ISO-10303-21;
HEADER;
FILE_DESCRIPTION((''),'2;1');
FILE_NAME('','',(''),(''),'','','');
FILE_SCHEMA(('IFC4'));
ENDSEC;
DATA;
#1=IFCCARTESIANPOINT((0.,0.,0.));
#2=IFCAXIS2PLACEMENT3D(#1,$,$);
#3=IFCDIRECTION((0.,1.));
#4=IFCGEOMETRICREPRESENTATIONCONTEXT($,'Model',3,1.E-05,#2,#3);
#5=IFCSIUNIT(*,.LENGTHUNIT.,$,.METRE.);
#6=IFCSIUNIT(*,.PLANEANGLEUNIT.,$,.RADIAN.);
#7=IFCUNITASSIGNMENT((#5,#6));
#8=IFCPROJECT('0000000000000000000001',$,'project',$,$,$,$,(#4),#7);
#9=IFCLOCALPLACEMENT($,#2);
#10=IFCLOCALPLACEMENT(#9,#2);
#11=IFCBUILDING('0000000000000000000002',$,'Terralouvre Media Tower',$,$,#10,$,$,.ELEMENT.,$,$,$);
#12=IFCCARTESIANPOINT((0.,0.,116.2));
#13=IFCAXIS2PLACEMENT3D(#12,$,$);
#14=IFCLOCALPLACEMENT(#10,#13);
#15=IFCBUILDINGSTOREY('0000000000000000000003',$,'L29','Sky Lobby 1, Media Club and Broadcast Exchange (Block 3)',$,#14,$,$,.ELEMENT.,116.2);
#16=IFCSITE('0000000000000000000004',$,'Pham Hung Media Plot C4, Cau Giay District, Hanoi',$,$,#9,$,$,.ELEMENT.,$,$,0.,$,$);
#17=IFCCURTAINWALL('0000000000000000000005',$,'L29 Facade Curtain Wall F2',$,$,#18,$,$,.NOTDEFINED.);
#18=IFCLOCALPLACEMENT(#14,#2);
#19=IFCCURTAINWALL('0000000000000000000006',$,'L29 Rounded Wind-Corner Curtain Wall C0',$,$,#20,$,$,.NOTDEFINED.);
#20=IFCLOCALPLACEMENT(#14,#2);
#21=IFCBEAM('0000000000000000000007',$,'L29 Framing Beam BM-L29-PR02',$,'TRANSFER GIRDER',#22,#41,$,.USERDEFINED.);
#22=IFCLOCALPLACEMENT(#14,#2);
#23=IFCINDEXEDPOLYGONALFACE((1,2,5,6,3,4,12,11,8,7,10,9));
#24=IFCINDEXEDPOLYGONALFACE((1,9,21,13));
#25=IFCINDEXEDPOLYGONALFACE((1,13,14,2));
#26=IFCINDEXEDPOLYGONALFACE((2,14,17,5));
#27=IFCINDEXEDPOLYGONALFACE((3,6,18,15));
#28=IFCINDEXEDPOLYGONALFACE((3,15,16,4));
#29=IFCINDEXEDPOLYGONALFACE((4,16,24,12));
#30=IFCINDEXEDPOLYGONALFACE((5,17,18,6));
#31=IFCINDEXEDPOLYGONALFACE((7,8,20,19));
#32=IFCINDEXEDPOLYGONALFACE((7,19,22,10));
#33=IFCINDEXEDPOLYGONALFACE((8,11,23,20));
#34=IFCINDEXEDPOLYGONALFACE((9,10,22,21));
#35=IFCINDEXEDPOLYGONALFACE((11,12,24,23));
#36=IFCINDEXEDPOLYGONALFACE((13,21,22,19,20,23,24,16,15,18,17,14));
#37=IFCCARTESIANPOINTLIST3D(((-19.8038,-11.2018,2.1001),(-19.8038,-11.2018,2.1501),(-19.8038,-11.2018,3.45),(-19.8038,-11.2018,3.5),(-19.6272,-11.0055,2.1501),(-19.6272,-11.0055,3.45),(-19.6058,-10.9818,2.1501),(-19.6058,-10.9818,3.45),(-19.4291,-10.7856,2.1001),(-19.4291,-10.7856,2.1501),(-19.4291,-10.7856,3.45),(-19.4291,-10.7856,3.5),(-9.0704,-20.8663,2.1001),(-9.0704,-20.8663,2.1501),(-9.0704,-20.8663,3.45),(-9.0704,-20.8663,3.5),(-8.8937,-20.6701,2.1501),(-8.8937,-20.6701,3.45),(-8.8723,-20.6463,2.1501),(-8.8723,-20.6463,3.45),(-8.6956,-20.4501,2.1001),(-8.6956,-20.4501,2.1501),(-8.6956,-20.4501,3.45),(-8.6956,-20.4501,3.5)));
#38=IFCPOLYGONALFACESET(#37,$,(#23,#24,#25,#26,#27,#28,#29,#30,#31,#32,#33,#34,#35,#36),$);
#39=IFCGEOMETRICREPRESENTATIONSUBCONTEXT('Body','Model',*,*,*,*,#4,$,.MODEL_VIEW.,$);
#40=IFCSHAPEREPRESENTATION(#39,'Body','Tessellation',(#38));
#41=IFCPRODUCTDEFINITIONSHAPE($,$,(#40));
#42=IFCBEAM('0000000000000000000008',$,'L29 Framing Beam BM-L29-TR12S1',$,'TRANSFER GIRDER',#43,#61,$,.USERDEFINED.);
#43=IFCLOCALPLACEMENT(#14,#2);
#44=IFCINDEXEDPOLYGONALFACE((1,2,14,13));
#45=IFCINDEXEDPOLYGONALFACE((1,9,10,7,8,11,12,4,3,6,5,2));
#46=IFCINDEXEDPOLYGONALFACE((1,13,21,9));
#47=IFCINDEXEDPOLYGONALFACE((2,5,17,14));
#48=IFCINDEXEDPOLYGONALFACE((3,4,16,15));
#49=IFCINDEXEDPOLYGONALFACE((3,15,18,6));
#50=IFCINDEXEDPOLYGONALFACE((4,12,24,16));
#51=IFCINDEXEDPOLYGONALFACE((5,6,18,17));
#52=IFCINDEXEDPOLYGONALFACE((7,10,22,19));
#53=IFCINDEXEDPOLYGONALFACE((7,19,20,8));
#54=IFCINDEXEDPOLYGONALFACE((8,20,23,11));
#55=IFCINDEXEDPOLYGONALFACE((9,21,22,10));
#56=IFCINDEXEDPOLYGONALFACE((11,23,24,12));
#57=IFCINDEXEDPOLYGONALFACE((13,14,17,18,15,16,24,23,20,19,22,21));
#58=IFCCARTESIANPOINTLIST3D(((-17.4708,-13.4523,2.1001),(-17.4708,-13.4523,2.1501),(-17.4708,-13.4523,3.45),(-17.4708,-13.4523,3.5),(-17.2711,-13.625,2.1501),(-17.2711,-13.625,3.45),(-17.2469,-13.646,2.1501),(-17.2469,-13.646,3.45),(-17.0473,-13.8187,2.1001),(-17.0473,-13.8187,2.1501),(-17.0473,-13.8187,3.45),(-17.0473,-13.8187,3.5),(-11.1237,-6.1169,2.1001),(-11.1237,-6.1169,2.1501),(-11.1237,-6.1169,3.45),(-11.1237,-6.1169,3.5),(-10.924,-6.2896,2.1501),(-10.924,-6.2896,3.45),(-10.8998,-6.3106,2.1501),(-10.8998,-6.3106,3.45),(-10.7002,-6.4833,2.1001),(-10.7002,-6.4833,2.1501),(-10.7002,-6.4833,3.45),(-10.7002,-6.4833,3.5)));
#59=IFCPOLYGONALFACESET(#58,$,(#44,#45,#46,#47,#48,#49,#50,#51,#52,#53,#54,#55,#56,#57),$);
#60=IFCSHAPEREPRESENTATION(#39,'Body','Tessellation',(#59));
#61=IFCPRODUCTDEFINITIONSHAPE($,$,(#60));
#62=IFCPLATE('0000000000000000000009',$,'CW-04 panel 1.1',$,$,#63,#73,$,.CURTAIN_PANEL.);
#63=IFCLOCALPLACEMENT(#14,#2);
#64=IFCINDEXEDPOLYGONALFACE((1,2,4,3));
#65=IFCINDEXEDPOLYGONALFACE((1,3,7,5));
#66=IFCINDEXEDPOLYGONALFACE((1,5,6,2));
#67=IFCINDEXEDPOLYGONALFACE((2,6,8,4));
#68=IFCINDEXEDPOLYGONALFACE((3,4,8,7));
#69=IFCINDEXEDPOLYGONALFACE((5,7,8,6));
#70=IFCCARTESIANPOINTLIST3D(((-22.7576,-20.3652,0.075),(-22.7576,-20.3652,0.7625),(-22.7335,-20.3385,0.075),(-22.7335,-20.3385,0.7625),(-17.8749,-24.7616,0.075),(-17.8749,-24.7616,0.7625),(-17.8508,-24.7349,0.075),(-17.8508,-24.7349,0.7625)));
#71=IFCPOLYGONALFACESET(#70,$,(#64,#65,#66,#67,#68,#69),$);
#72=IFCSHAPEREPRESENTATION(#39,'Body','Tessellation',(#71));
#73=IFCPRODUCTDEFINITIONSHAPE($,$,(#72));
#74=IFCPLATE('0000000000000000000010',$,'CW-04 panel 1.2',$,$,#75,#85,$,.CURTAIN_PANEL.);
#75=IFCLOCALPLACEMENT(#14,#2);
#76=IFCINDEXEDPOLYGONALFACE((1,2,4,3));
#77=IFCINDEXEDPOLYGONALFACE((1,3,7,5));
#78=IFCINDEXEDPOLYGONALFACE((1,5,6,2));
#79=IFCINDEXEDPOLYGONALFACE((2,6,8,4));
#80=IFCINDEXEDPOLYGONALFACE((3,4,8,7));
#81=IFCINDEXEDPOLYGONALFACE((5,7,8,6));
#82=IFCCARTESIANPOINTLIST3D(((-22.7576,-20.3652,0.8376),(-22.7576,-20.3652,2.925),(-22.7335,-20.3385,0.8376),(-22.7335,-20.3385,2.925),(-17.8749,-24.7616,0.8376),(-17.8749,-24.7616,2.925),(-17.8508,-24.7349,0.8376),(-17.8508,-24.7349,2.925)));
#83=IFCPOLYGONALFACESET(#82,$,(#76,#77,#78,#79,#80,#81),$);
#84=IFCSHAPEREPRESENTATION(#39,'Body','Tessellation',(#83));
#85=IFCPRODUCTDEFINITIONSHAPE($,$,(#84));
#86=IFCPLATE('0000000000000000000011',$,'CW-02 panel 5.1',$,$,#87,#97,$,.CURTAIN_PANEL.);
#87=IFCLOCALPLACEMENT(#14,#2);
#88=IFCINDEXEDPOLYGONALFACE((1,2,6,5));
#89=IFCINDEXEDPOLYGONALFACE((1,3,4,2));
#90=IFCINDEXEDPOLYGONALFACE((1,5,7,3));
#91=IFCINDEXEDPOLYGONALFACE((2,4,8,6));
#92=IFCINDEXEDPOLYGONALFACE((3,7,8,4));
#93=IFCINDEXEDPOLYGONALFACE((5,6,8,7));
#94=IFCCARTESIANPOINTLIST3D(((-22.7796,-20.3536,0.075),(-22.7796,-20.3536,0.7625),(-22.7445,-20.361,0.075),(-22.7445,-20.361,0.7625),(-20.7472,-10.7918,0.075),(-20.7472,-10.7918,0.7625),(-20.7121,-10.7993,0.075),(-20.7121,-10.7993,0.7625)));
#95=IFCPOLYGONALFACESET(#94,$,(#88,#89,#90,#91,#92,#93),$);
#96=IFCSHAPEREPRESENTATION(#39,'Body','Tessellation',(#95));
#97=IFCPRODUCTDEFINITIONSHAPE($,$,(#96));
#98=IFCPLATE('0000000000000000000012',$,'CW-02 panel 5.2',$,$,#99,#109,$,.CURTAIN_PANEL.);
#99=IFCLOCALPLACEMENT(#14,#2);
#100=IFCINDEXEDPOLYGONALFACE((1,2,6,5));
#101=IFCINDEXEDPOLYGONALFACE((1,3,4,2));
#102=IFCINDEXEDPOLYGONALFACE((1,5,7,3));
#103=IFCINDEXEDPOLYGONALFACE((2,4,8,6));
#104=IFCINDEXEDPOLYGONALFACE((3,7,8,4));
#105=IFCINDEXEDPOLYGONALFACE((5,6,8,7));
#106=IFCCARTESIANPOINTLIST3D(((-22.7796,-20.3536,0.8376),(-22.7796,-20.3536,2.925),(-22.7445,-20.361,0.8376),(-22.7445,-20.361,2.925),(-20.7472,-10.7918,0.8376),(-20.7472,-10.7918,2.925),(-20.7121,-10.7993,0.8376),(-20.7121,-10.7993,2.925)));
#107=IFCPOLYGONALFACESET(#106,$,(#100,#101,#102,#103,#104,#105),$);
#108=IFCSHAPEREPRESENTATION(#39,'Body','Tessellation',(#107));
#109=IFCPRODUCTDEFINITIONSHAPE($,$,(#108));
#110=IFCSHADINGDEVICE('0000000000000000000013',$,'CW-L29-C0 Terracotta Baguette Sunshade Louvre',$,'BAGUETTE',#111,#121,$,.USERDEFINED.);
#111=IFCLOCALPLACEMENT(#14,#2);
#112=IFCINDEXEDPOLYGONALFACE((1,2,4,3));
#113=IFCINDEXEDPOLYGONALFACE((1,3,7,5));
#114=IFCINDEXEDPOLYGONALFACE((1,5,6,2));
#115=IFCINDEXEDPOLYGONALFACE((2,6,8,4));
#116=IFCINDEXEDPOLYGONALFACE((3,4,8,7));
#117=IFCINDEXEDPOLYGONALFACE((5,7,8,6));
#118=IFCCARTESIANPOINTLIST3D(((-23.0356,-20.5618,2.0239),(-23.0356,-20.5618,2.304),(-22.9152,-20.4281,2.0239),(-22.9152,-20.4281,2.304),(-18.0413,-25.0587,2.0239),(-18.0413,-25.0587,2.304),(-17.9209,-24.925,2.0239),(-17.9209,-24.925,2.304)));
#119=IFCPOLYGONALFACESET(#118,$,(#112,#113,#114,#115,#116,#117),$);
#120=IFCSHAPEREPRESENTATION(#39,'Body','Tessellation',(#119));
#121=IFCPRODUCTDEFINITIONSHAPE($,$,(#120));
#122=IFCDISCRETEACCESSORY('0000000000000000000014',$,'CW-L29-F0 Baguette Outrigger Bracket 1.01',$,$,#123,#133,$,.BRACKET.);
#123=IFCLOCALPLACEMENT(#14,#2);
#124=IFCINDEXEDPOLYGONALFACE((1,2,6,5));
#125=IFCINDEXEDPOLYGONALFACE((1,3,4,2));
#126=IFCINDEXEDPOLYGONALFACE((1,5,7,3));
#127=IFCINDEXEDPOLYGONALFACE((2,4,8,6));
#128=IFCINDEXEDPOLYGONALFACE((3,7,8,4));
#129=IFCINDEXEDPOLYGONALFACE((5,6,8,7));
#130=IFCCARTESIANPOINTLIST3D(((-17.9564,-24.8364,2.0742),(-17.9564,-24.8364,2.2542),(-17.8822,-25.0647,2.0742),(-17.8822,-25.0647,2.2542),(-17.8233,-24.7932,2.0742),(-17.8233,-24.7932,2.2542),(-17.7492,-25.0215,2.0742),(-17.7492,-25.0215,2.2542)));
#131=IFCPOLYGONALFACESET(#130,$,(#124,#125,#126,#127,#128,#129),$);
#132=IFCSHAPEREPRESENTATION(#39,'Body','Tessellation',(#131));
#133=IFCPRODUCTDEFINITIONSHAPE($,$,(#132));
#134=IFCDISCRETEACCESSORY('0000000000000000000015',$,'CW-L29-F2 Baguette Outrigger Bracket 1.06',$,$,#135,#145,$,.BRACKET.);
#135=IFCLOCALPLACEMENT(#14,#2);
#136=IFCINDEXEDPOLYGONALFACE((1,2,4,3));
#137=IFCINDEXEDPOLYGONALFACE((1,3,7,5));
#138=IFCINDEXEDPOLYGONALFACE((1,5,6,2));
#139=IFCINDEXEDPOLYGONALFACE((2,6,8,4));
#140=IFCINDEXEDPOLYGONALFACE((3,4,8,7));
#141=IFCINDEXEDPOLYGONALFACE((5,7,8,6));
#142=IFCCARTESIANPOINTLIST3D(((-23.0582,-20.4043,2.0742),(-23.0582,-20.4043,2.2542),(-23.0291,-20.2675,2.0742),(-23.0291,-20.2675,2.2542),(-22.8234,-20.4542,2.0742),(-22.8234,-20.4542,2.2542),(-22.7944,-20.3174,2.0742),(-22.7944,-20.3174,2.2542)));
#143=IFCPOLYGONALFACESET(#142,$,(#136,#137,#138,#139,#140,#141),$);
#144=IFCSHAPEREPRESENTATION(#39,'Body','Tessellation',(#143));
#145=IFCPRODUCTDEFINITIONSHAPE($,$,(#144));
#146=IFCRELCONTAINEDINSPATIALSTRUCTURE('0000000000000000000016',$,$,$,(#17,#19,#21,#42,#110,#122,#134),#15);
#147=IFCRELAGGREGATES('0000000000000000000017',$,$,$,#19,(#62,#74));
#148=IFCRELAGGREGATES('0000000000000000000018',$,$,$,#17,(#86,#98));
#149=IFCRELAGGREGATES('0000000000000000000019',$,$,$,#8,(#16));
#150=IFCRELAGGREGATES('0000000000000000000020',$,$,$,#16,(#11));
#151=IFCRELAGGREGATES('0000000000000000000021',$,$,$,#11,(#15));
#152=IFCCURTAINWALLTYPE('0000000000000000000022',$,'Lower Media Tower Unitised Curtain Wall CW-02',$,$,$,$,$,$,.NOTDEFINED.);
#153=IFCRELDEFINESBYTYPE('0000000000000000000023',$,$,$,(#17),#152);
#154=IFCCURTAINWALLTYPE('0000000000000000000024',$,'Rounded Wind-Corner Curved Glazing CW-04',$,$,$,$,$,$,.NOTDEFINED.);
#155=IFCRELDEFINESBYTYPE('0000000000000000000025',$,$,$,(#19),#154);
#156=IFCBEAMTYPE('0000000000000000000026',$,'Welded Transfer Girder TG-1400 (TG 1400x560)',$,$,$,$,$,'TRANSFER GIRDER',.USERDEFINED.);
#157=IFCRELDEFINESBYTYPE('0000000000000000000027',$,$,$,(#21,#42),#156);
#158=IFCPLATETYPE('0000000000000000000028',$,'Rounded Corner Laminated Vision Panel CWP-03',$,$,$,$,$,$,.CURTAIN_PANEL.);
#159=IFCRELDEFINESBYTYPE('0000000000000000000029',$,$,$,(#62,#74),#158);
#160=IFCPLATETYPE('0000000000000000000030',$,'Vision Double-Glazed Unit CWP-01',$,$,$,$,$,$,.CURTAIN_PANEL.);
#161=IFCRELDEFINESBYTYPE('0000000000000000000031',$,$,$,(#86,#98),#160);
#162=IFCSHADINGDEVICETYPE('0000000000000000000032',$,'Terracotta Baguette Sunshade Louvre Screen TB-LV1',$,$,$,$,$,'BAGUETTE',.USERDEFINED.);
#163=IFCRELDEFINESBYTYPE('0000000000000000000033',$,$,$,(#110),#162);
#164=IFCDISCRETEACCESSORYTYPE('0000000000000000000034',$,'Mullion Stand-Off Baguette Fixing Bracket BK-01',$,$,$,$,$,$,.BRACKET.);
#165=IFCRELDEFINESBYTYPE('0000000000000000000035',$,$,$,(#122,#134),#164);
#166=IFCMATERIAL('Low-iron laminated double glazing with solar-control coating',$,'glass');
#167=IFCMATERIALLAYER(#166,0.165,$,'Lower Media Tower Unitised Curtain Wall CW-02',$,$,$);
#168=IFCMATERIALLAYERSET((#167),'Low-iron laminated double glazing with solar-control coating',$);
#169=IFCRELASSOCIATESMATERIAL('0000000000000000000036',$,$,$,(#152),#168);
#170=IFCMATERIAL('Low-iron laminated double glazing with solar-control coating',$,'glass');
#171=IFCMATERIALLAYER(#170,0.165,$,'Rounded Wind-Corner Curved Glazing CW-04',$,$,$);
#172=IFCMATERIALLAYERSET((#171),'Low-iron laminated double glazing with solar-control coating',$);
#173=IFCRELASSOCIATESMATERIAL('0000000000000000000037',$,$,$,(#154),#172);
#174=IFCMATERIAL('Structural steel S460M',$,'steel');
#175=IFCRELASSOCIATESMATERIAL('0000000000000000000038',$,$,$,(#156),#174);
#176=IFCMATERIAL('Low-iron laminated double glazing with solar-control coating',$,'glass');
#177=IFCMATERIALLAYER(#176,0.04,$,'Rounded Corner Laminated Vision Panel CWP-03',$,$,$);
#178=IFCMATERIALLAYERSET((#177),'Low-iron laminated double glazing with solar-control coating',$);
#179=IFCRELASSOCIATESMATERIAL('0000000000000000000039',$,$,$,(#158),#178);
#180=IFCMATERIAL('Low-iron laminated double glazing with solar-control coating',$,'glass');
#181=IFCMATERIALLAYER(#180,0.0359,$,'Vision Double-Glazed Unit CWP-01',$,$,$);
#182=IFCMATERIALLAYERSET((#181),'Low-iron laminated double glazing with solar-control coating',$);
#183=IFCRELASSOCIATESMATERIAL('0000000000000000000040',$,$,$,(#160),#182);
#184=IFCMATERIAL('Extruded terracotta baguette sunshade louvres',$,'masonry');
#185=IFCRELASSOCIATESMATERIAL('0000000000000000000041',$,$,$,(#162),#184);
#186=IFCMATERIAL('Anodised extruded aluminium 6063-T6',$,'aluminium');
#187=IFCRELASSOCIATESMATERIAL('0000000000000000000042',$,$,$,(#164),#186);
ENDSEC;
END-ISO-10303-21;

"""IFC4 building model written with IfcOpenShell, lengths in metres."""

from ifc_helpers import new_model, si_unit, direction, frame, origin, origin_2d, place, context, subcontext, project, spatial, rectangle, i_section, extrude, material, layer, layer_set, material_profile, profile_set, type_object, element, aggregate, save


model = new_model("IFC4")

# Units and contexts
model_context = context("Model", 3, precision=1e-05, world=origin(), true_north=direction((0.0, 1.0)))
body_context = subcontext(model_context, "Body", "Model", "MODEL_VIEW")
ifc_project = project(units=[si_unit("LENGTHUNIT", "METRE"), si_unit("PLANEANGLEUNIT", "RADIAN")], contexts=[model_context])

# Site, building, storey
site_placement = place(None, origin())
site = spatial("IfcSite", under=ifc_project, at=site_placement, Name="Pham Hung Media Plot C4, Cau Giay District, Hanoi", CompositionType="ELEMENT", RefElevation=0.0)
building_placement = place(site_placement, origin())
building = spatial("IfcBuilding", under=site, at=building_placement, Name="Terralouvre Media Tower", CompositionType="ELEMENT")
storey_placement = place(building_placement, frame((0.0, 0.0, 116.2)))
storey = spatial("IfcBuildingStorey", under=building, at=storey_placement, Name="L29", Description="Sky Lobby 1, Media Club and Broadcast Exchange (Block 3)", CompositionType="ELEMENT", Elevation=116.2)

# Curtain walls
ifc_material_1 = material(Name="Low-iron laminated double glazing with solar-control coating", Category="glass")
ifc_layer_1 = layer(ifc_material_1, 0.165, Name="Lower Media Tower Unitised Curtain Wall CW-02")
ifc_layer_set_1 = layer_set([ifc_layer_1], Name="Low-iron laminated double glazing with solar-control coating")
curtain_wall_type_1 = type_object("IfcCurtainWallType", Name="Lower Media Tower Unitised Curtain Wall CW-02", PredefinedType="NOTDEFINED", material=ifc_layer_set_1)
curtain_wall_1_placement = place(storey_placement, origin())
curtain_wall_1 = element("IfcCurtainWall", 1, at=curtain_wall_1_placement, inside=storey, type_object=curtain_wall_type_1, Name="L29 Facade Curtain Wall F2", PredefinedType="NOTDEFINED")
ifc_material_2 = material(Name="Low-iron laminated double glazing with solar-control coating", Category="glass")
ifc_layer_2 = layer(ifc_material_2, 0.165, Name="Rounded Wind-Corner Curved Glazing CW-04")
ifc_layer_set_2 = layer_set([ifc_layer_2], Name="Low-iron laminated double glazing with solar-control coating")
curtain_wall_type_2 = type_object("IfcCurtainWallType", Name="Rounded Wind-Corner Curved Glazing CW-04", PredefinedType="NOTDEFINED", material=ifc_layer_set_2)
curtain_wall_2_placement = place(storey_placement, origin())
curtain_wall_2 = element("IfcCurtainWall", 2, at=curtain_wall_2_placement, inside=storey, type_object=curtain_wall_type_2, Name="L29 Rounded Wind-Corner Curtain Wall C0", PredefinedType="NOTDEFINED")

# Beams
ifc_material_3 = material(Name="Structural steel S460M", Category="steel")
ifc_material_profile_1 = material_profile(ifc_material_3, i_section(OverallWidth=0.5601, OverallDepth=1.3999, WebThickness=0.032, FlangeThickness=0.05, at=origin_2d()), Name="TG 1400x560")
ifc_profile_set_1 = profile_set([ifc_material_profile_1], Name="Structural steel S460M")
beam_type = type_object("IfcBeamType", Name="Welded Transfer Girder TG-1400 (TG 1400x560)", ElementType="TRANSFER GIRDER", PredefinedType="USERDEFINED", material=ifc_profile_set_1)
beam_1_placement = place(storey_placement, frame((-19.6165, -10.9937, 2.8), z_axis=(0.743139, -0.669137, 0.0), x_axis=(0.669137, 0.743139, 0.0)))
element("IfcBeam", 3, at=beam_1_placement, inside=storey, type_object=beam_type, Name="L29 Framing Beam BM-L29-PR02", ObjectType="TRANSFER GIRDER", PredefinedType="USERDEFINED", context=body_context, shape_type="SweptSolid", body=[
    extrude(i_section(OverallWidth=0.5601, OverallDepth=1.3999, WebThickness=0.032, FlangeThickness=0.05, at=origin_2d()), origin(), (0.0, 0.0, 1.0), 14.4434),
])
beam_2_placement = place(storey_placement, frame((-17.259, -13.6355, 2.8), z_axis=(0.654329, 0.75621, 0.0), x_axis=(-0.75621, 0.654329, 0.0)))
element("IfcBeam", 4, at=beam_2_placement, inside=storey, type_object=beam_type, Name="L29 Framing Beam BM-L29-TR12S1", ObjectType="TRANSFER GIRDER", PredefinedType="USERDEFINED", context=body_context, shape_type="SweptSolid", body=[
    extrude(i_section(OverallWidth=0.5601, OverallDepth=1.3999, WebThickness=0.032, FlangeThickness=0.05, at=origin_2d()), origin(), (0.0, 0.0, 1.0), 9.7002),
])

# Plates
ifc_material_4 = material(Name="Low-iron laminated double glazing with solar-control coating", Category="glass")
ifc_layer_3 = layer(ifc_material_4, 0.04, Name="Rounded Corner Laminated Vision Panel CWP-03")
ifc_layer_set_3 = layer_set([ifc_layer_3], Name="Low-iron laminated double glazing with solar-control coating")
plate_type_1 = type_object("IfcPlateType", Name="Rounded Corner Laminated Vision Panel CWP-03", PredefinedType="CURTAIN_PANEL", material=ifc_layer_set_3)
plate_1_placement = place(storey_placement, frame((-20.3042, -22.55, 0.075), z_axis=(0.0, 0.0, 1.0), x_axis=(0.743145, -0.669131, 0.0)))
plate_1 = element("IfcPlate", 5, at=plate_1_placement, type_object=plate_type_1, Name="CW-04 panel 1.1", PredefinedType="CURTAIN_PANEL", context=body_context, shape_type="SweptSolid", body=[
    extrude(rectangle(XDim=6.5703, YDim=0.0359, at=origin_2d()), origin(), (0.0, 0.0, 1.0), 0.6875),
])
plate_2_placement = place(storey_placement, frame((-20.3042, -22.55, 0.8376), z_axis=(0.0, 0.0, 1.0), x_axis=(0.743145, -0.669131, 0.0)))
plate_2 = element("IfcPlate", 6, at=plate_2_placement, type_object=plate_type_1, Name="CW-04 panel 1.2", PredefinedType="CURTAIN_PANEL", context=body_context, shape_type="SweptSolid", body=[
    extrude(rectangle(XDim=6.5703, YDim=0.0359, at=origin_2d()), origin(), (0.0, 0.0, 1.0), 2.0874),
])
aggregate(curtain_wall_2, [plate_1, plate_2])
ifc_material_5 = material(Name="Low-iron laminated double glazing with solar-control coating", Category="glass")
ifc_layer_4 = layer(ifc_material_5, 0.0359, Name="Vision Double-Glazed Unit CWP-01")
ifc_layer_set_4 = layer_set([ifc_layer_4], Name="Low-iron laminated double glazing with solar-control coating")
plate_type_2 = type_object("IfcPlateType", Name="Vision Double-Glazed Unit CWP-01", PredefinedType="CURTAIN_PANEL", material=ifc_layer_set_4)
plate_3_placement = place(storey_placement, frame((-21.7458, -15.5764, 0.075), z_axis=(0.0, 0.0, 1.0), x_axis=(-0.207912, -0.978148, 0.0)))
plate_3 = element("IfcPlate", 7, at=plate_3_placement, type_object=plate_type_2, Name="CW-02 panel 5.1", PredefinedType="CURTAIN_PANEL", context=body_context, shape_type="SweptSolid", body=[
    extrude(rectangle(XDim=9.7754, YDim=0.0359, at=origin_2d()), origin(), (0.0, 0.0, 1.0), 0.6875),
])
plate_4_placement = place(storey_placement, frame((-21.7458, -15.5764, 0.8376), z_axis=(0.0, 0.0, 1.0), x_axis=(-0.207912, -0.978148, 0.0)))
plate_4 = element("IfcPlate", 8, at=plate_4_placement, type_object=plate_type_2, Name="CW-02 panel 5.2", PredefinedType="CURTAIN_PANEL", context=body_context, shape_type="SweptSolid", body=[
    extrude(rectangle(XDim=9.7754, YDim=0.0359, at=origin_2d()), origin(), (0.0, 0.0, 1.0), 2.0874),
])
aggregate(curtain_wall_1, [plate_3, plate_4])

# Shading device
ifc_material_6 = material(Name="Extruded terracotta baguette sunshade louvres", Category="masonry")
shading_device_type = type_object("IfcShadingDeviceType", Name="Terracotta Baguette Sunshade Louvre Screen TB-LV1", ElementType="BAGUETTE", PredefinedType="USERDEFINED", material=ifc_material_6)
shading_device_placement = place(storey_placement, frame((-20.4783, -22.7434, 2.0239), z_axis=(0.0, 0.0, 1.0), x_axis=(0.743145, -0.669131, 0.0)))
element("IfcShadingDevice", 9, at=shading_device_placement, inside=storey, type_object=shading_device_type, Name="CW-L29-C0 Terracotta Baguette Sunshade Louvre", ObjectType="BAGUETTE", PredefinedType="USERDEFINED", context=body_context, shape_type="SweptSolid", body=[
    extrude(rectangle(XDim=6.7205, YDim=0.1799, at=origin_2d()), origin(), (0.0, 0.0, 1.0), 0.28),
])

# Discrete accessories
ifc_material_7 = material(Name="Anodised extruded aluminium 6063-T6", Category="aluminium")
discrete_accessory_type = type_object("IfcDiscreteAccessoryType", Name="Mullion Stand-Off Baguette Fixing Bracket BK-01", PredefinedType="BRACKET", material=ifc_material_7)
for number, where, z_axis, x_axis, name in (
    (10, (-17.8528, -24.929, 2.0742), (0.0, 0.0, 1.0), (0.951057, 0.309017, 0.0), "CW-L29-F0 Baguette Outrigger Bracket 1.01"),
    (11, (-22.9263, -20.3608, 2.0742), (0.0, 0.0, 1.0), (-0.207912, -0.978148, 0.0), "CW-L29-F2 Baguette Outrigger Bracket 1.06"),
):
    element("IfcDiscreteAccessory", number, at=place(storey_placement, frame(where, z_axis=z_axis, x_axis=x_axis)), inside=storey, type_object=discrete_accessory_type, Name=name, PredefinedType="BRACKET", context=body_context, shape_type="SweptSolid", body=[
        extrude(rectangle(XDim=0.1399, YDim=0.24, at=origin_2d()), origin(), (0.0, 0.0, 1.0), 0.1799),
    ])

save(model, "model.ifc")
